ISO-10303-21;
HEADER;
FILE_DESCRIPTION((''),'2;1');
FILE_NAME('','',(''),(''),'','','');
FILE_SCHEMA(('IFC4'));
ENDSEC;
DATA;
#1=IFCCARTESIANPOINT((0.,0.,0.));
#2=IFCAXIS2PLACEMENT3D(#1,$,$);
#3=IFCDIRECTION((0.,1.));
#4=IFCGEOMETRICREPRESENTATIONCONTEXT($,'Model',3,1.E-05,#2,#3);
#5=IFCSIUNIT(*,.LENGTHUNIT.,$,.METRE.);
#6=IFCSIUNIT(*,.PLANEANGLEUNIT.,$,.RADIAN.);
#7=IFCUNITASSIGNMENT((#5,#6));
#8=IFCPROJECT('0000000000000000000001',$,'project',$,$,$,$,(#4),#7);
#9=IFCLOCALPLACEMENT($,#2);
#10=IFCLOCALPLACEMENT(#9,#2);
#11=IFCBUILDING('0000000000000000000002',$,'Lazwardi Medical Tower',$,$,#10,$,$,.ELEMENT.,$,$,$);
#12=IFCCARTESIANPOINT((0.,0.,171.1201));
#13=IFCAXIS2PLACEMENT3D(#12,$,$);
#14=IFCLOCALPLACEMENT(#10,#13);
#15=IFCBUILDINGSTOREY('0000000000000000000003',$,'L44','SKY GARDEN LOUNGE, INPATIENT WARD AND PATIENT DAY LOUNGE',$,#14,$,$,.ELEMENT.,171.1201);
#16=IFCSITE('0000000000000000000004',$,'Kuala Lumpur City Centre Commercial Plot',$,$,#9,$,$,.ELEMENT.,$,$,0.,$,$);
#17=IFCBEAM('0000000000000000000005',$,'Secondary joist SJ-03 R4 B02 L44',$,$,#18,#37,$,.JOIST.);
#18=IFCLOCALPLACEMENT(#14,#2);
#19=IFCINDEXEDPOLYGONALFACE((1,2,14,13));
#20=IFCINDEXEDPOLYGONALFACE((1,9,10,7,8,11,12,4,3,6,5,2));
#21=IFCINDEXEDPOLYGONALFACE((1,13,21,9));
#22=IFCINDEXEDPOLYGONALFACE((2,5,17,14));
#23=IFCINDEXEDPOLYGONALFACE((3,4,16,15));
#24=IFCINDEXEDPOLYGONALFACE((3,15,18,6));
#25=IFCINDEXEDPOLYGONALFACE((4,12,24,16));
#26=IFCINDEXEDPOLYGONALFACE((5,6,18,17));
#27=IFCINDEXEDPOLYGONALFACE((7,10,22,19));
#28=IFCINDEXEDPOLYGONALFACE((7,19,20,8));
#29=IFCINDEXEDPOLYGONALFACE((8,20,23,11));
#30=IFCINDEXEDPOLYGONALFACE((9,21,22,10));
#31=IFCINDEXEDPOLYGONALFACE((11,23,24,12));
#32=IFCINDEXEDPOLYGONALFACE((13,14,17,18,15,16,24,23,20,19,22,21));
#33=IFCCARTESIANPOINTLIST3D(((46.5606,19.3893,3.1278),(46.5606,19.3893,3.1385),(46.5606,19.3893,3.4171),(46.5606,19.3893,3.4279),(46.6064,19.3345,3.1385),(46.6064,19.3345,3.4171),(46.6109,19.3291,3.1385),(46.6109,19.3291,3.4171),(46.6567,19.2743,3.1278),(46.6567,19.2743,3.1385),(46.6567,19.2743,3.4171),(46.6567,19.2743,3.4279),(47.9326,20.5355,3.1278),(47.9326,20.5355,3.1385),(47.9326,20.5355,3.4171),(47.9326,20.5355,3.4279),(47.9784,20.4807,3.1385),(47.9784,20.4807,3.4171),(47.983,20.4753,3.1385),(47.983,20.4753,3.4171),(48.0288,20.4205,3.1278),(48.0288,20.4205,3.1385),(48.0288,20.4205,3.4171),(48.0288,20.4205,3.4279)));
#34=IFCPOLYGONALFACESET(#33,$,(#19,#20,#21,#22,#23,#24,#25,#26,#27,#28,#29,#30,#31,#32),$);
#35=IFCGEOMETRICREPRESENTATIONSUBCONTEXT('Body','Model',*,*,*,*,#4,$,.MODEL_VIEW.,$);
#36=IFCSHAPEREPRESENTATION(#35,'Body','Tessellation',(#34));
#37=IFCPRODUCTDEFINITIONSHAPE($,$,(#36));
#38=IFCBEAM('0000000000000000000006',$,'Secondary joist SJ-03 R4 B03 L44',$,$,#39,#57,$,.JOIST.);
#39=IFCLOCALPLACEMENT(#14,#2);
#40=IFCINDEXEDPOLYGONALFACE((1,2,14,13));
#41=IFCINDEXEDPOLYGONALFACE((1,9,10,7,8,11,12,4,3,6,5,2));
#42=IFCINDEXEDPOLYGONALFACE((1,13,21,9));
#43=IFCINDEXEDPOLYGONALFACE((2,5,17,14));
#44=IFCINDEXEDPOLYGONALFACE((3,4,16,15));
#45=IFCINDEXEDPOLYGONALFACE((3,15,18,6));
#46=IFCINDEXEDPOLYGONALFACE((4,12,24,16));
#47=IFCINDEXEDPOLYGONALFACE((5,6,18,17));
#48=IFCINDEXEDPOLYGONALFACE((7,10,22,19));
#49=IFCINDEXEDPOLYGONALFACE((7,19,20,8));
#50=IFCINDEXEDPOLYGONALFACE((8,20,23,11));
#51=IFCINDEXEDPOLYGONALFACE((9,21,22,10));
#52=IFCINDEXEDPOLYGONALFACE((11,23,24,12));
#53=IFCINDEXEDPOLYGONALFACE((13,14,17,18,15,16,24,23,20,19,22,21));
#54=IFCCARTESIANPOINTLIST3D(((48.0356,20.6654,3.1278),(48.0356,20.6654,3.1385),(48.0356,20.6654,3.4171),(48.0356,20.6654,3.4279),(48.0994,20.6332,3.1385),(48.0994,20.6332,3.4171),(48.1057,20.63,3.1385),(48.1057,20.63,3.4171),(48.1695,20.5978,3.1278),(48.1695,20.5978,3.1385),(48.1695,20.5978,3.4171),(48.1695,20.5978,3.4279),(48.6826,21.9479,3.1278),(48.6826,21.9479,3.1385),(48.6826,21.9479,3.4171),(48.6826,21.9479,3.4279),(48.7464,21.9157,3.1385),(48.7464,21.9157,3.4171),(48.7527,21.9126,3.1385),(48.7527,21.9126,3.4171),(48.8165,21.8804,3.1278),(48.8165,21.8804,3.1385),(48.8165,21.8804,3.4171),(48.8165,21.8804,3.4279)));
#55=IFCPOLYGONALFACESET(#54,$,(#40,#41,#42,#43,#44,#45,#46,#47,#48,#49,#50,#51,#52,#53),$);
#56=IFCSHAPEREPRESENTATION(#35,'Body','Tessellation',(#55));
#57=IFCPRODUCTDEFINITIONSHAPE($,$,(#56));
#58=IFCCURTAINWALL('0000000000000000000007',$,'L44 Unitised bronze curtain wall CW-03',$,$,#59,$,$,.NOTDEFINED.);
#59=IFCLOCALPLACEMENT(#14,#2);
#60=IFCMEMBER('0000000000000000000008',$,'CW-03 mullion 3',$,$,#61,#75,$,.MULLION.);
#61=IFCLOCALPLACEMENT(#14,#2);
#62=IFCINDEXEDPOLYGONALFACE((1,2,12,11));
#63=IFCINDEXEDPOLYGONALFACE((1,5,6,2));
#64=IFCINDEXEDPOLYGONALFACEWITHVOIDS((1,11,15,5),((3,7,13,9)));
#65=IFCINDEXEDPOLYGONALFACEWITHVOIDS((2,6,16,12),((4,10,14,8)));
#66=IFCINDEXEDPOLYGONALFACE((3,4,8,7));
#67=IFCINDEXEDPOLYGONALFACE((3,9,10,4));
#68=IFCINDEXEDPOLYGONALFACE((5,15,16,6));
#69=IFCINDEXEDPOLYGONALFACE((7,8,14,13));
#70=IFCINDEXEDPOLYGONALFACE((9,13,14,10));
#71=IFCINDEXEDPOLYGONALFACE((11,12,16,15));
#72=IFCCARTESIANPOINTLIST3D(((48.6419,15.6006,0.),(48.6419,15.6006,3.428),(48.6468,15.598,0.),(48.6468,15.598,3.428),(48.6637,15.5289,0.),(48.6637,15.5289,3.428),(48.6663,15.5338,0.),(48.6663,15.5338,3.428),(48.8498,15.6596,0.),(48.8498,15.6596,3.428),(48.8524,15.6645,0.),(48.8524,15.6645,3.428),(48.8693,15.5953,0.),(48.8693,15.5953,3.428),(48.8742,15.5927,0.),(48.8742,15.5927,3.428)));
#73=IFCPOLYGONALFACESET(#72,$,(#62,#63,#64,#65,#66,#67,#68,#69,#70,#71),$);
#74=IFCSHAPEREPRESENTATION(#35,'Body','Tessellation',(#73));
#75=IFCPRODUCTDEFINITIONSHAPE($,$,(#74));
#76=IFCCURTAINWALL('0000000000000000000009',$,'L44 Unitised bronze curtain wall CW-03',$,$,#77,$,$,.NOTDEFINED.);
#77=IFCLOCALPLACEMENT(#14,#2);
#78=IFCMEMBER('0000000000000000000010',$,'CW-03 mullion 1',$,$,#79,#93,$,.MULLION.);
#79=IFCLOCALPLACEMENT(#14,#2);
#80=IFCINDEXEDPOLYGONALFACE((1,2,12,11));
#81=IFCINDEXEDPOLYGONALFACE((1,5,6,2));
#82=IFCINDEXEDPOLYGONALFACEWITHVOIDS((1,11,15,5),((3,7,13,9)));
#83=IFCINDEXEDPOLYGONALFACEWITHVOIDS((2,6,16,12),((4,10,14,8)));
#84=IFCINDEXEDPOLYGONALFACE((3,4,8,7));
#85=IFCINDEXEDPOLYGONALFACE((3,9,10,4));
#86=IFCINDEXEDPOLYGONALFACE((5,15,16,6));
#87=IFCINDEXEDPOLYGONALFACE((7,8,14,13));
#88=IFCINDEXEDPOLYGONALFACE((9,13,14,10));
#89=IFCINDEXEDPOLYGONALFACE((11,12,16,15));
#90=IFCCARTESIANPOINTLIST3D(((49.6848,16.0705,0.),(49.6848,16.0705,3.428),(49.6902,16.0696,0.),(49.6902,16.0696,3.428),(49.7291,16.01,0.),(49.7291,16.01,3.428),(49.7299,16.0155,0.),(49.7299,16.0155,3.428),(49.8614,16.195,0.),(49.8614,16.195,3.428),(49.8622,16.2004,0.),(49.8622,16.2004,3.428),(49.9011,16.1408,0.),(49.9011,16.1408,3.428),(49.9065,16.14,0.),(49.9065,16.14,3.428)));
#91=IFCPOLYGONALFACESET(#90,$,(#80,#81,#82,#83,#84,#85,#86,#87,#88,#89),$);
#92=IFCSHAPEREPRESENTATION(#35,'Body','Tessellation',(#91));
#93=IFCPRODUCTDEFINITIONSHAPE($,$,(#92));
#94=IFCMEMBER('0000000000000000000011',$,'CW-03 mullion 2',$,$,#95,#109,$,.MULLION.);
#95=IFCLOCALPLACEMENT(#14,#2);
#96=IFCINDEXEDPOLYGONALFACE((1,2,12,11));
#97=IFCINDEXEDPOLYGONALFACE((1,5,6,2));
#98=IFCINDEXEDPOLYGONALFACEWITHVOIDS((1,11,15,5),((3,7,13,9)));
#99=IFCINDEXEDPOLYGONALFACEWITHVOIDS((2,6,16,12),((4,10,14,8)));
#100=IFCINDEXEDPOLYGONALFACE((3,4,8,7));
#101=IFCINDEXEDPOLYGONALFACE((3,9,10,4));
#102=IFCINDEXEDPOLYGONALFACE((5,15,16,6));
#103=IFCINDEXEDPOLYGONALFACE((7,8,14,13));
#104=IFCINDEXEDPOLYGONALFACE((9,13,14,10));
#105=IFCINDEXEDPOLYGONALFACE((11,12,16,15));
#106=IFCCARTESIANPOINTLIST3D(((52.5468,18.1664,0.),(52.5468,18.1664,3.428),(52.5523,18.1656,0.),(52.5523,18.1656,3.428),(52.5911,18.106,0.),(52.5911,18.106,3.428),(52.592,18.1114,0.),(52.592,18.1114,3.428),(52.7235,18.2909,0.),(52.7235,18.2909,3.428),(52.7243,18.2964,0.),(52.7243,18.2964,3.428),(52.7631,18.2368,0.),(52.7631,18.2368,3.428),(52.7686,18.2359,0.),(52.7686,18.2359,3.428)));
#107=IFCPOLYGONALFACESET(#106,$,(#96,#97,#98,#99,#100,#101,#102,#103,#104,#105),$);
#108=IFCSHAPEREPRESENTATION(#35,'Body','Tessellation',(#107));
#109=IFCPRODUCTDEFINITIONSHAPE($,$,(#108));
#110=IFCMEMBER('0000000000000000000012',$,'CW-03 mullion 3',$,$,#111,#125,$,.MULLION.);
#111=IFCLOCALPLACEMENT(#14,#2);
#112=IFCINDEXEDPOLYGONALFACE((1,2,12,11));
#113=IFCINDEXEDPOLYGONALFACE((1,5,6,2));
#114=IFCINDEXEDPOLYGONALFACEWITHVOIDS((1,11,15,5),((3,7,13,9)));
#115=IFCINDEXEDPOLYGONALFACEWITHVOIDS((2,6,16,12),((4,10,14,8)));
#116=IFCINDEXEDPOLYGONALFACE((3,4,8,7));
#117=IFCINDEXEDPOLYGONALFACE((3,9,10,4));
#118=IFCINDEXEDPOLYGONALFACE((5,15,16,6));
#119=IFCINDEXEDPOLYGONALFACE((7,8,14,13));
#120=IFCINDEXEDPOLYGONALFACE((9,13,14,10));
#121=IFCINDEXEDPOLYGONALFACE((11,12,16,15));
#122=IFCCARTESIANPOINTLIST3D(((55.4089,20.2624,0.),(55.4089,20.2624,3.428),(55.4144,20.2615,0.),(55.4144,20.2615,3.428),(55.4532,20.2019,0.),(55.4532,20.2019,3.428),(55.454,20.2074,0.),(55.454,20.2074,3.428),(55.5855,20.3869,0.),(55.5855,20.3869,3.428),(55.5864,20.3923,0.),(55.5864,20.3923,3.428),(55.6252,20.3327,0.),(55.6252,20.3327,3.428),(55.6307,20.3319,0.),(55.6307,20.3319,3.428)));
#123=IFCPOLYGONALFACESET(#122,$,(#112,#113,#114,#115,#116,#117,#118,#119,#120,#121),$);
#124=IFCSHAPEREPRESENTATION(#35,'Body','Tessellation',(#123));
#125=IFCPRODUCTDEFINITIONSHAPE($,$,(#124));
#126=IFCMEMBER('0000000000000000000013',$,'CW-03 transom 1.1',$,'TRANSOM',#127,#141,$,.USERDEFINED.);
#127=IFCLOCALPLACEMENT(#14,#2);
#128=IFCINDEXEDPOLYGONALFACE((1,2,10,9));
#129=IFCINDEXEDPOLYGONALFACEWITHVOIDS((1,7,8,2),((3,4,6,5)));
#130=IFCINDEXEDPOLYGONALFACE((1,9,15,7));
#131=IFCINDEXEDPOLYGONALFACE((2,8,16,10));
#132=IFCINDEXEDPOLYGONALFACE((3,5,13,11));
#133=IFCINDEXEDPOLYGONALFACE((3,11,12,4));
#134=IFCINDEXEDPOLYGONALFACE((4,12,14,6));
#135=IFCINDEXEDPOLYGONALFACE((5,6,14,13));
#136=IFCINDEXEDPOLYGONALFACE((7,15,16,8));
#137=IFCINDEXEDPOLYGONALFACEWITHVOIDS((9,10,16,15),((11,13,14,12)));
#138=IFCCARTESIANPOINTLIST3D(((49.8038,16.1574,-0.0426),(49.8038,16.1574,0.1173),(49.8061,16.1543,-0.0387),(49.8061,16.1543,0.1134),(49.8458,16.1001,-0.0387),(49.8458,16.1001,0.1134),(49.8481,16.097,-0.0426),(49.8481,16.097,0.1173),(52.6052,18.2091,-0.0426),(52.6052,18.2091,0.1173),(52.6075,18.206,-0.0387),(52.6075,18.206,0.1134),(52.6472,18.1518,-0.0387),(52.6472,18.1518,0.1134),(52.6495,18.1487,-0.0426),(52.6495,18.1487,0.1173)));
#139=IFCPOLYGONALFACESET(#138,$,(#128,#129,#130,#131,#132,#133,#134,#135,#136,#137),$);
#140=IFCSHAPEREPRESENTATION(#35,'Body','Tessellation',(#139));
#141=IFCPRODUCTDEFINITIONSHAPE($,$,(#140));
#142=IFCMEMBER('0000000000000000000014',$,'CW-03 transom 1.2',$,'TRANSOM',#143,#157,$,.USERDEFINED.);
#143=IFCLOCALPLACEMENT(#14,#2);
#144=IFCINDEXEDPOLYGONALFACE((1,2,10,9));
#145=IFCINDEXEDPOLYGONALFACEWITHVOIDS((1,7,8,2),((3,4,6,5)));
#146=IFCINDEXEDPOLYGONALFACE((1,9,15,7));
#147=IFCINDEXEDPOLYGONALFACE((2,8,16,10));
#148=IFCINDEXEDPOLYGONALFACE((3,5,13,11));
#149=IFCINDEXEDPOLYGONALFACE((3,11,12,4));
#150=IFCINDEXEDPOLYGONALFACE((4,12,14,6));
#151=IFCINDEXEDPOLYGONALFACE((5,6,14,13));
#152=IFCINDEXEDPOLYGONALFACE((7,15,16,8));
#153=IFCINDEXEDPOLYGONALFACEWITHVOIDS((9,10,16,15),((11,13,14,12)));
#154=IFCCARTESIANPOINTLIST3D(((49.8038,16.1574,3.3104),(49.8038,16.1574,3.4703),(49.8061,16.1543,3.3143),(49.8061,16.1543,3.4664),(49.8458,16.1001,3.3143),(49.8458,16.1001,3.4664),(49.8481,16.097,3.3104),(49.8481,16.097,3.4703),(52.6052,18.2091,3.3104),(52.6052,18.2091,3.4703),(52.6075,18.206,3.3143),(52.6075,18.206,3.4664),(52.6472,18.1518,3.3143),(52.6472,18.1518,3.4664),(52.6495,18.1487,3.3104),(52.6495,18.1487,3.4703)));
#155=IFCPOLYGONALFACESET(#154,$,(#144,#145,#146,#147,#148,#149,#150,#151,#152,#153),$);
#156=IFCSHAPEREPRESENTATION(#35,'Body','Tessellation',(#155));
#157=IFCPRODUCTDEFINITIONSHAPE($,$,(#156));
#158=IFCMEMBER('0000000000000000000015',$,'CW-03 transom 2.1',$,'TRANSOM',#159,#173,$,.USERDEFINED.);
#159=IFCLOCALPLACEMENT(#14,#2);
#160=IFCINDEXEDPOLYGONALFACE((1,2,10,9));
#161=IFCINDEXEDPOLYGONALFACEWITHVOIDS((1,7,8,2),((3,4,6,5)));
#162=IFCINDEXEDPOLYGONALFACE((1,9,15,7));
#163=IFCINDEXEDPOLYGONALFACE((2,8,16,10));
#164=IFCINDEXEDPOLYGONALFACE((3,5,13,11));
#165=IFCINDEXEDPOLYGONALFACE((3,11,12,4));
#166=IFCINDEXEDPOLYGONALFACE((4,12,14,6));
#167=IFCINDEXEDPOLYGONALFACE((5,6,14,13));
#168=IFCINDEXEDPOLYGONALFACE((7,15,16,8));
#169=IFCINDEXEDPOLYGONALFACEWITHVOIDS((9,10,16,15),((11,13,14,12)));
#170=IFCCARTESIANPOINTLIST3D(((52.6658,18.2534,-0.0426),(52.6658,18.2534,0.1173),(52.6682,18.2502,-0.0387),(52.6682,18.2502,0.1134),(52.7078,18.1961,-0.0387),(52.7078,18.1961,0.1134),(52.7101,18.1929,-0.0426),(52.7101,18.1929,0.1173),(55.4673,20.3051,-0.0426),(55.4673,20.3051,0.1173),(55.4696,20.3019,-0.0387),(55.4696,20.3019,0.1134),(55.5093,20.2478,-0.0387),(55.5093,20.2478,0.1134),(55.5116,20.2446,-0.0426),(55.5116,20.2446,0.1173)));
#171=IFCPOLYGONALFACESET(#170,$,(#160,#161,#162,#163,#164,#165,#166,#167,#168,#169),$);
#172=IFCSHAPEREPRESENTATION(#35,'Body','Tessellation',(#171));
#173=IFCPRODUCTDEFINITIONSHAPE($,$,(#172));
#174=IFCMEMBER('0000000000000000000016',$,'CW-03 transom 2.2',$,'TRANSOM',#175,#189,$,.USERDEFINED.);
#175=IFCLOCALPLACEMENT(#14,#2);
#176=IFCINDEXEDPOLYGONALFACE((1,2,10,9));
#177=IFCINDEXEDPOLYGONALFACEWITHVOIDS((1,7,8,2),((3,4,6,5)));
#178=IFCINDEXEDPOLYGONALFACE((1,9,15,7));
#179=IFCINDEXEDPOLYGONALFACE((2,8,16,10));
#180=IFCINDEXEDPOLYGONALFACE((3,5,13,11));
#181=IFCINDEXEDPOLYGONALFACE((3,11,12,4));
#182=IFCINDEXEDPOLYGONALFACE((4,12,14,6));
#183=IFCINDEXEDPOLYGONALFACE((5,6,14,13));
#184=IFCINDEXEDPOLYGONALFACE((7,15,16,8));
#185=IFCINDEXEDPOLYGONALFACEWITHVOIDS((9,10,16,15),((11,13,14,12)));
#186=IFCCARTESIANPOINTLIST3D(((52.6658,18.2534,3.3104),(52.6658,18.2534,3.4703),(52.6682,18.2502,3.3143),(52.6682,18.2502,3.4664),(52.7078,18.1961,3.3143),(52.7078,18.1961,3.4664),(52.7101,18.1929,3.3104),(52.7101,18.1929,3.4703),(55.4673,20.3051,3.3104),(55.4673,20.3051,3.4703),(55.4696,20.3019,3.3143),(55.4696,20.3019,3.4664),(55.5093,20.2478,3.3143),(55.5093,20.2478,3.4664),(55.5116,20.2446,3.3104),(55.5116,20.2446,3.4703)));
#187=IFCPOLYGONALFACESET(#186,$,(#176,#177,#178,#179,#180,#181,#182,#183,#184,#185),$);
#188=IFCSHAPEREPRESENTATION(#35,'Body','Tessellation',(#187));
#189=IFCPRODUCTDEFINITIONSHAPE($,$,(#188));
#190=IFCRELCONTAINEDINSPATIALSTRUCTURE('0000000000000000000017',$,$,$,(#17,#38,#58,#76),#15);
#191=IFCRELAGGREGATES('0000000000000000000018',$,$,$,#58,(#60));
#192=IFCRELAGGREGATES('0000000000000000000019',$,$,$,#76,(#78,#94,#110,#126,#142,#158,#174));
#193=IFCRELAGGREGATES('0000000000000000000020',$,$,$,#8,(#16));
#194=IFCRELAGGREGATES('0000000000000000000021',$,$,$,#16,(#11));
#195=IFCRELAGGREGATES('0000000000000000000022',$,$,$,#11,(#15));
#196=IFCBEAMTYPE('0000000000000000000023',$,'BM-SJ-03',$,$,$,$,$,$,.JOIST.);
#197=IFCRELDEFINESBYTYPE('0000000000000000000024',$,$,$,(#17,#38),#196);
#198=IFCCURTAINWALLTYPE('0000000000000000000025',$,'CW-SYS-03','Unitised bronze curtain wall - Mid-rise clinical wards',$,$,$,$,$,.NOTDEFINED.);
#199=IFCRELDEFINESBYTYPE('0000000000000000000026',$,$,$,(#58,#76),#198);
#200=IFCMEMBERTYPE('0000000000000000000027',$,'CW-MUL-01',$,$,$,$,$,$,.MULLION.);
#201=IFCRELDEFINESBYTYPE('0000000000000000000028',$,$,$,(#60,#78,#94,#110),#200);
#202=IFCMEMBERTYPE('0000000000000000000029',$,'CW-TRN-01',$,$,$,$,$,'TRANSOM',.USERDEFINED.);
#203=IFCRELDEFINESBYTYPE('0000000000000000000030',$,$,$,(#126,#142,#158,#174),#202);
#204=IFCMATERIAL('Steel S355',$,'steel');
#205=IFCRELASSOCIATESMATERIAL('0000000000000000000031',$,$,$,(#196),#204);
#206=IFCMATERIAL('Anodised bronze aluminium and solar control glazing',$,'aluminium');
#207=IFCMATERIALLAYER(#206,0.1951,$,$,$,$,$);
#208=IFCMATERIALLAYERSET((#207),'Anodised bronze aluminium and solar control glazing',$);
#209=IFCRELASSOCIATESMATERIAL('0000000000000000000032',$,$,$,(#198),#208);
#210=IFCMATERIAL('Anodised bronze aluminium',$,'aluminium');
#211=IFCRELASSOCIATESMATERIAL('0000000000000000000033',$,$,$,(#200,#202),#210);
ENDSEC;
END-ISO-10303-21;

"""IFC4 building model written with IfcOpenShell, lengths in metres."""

from ifc_helpers import new_model, si_unit, direction, frame, origin, origin_2d, place, context, subcontext, project, spatial, hollow_rectangle, i_section, extrude, material, layer, layer_set, material_profile, profile_set, type_object, element, aggregate, save


model = new_model("IFC4")

# Units and contexts
model_context = context("Model", 3, precision=1e-05, world=origin(), true_north=direction((0.0, 1.0)))
body_context = subcontext(model_context, "Body", "Model", "MODEL_VIEW")
ifc_project = project(units=[si_unit("LENGTHUNIT", "METRE"), si_unit("PLANEANGLEUNIT", "RADIAN")], contexts=[model_context])

# Site, building, storey
site_placement = place(None, origin())
site = spatial("IfcSite", under=ifc_project, at=site_placement, Name="Kuala Lumpur City Centre Commercial Plot", CompositionType="ELEMENT", RefElevation=0.0)
building_placement = place(site_placement, origin())
building = spatial("IfcBuilding", under=site, at=building_placement, Name="Lazwardi Medical Tower", CompositionType="ELEMENT")
storey_placement = place(building_placement, frame((0.0, 0.0, 171.1201)))
storey = spatial("IfcBuildingStorey", under=building, at=storey_placement, Name="L44", Description="SKY GARDEN LOUNGE, INPATIENT WARD AND PATIENT DAY LOUNGE", CompositionType="ELEMENT", Elevation=171.1201)

# Beams
ifc_material_1 = material(Name="Steel S355", Category="steel")
ifc_material_profile_1 = material_profile(ifc_material_1, i_section(OverallWidth=0.1499, OverallDepth=0.3, WebThickness=0.0071, FlangeThickness=0.0107, at=origin_2d()), Name="IPE 300")
ifc_profile_set_1 = profile_set([ifc_material_profile_1], Name="Steel S355")
beam_type_1 = type_object("IfcBeamType", Name="BM-SJ-03", PredefinedType="JOIST", material=ifc_profile_set_1)
beam_1_placement = place(storey_placement, frame((46.6086, 19.3318, 3.2778), z_axis=(0.767437, 0.641124, 0.0), x_axis=(-0.641124, 0.767437, 0.0)))
element("IfcBeam", 1, at=beam_1_placement, inside=storey, type_object=beam_type_1, Name="Secondary joist SJ-03 R4 B02 L44", PredefinedType="JOIST", context=body_context, shape_type="SweptSolid", body=[
    extrude(i_section(OverallWidth=0.1499, OverallDepth=0.3, WebThickness=0.0071, FlangeThickness=0.0107, at=origin_2d()), origin(), (0.0, 0.0, 1.0), 1.7878),
])
beam_2_placement = place(storey_placement, frame((48.1025, 20.6316, 3.2778), z_axis=(0.450406, 0.892824, 0.0), x_axis=(-0.892824, 0.450406, 0.0)))
element("IfcBeam", 2, at=beam_2_placement, inside=storey, type_object=beam_type_1, Name="Secondary joist SJ-03 R4 B03 L44", PredefinedType="JOIST", context=body_context, shape_type="SweptSolid", body=[
    extrude(i_section(OverallWidth=0.1499, OverallDepth=0.3, WebThickness=0.0071, FlangeThickness=0.0107, at=origin_2d()), origin(), (0.0, 0.0, 1.0), 1.4365),
])

# Curtain wall, member
ifc_material_2 = material(Name="Anodised bronze aluminium and solar control glazing", Category="aluminium")
ifc_layer_1 = layer(ifc_material_2, 0.1951)
ifc_layer_set_1 = layer_set([ifc_layer_1], Name="Anodised bronze aluminium and solar control glazing")
curtain_wall_type = type_object("IfcCurtainWallType", Name="CW-SYS-03", Description="Unitised bronze curtain wall - Mid-rise clinical wards", PredefinedType="NOTDEFINED", material=ifc_layer_set_1)
curtain_wall_1_placement = place(storey_placement, origin())
curtain_wall_1 = element("IfcCurtainWall", 3, at=curtain_wall_1_placement, inside=storey, type_object=curtain_wall_type, Name="L44 Unitised bronze curtain wall CW-03", PredefinedType="NOTDEFINED")
ifc_material_3 = material(Name="Anodised bronze aluminium", Category="aluminium")
ifc_material_profile_2 = material_profile(ifc_material_3, hollow_rectangle(XDim=0.075, YDim=0.22, WallThickness=0.0039, at=origin_2d()), Name="ALU-MULLION 220x75x4")
ifc_profile_set_2 = profile_set([ifc_material_profile_2], Name="Anodised bronze aluminium")
member_type_1 = type_object("IfcMemberType", Name="CW-MUL-01", PredefinedType="MULLION", material=ifc_profile_set_2)
member_1_placement = place(storey_placement, frame((48.7581, 15.5967, 0.0), z_axis=(0.0, 0.0, 1.0), x_axis=(-0.290281, 0.956942, 0.0)))
member_1 = element("IfcMember", 4, at=member_1_placement, type_object=member_type_1, Name="CW-03 mullion 3", PredefinedType="MULLION", context=body_context, shape_type="SweptSolid", body=[
    extrude(hollow_rectangle(XDim=0.075, YDim=0.22, WallThickness=0.0039, at=origin_2d()), origin(), (0.0, 0.0, 1.0), 3.428),
])

# Curtain wall, members
curtain_wall_2_placement = place(storey_placement, origin())
curtain_wall_2 = element("IfcCurtainWall", 5, at=curtain_wall_2_placement, inside=storey, type_object=curtain_wall_type, Name="L44 Unitised bronze curtain wall CW-03", PredefinedType="NOTDEFINED")
member_2_placement = place(storey_placement, frame((49.7957, 16.1052, 0.0), z_axis=(0.0, 0.0, 1.0), x_axis=(-0.590834, 0.806793, 0.0)))
member_2 = element("IfcMember", 6, at=member_2_placement, type_object=member_type_1, Name="CW-03 mullion 1", PredefinedType="MULLION", context=body_context, shape_type="SweptSolid", body=[
    extrude(hollow_rectangle(XDim=0.075, YDim=0.22, WallThickness=0.0039, at=origin_2d()), origin(), (0.0, 0.0, 1.0), 3.428),
])
member_3_placement = place(storey_placement, frame((52.6577, 18.2012, 0.0), z_axis=(0.0, 0.0, 1.0), x_axis=(-0.590834, 0.806793, 0.0)))
member_3 = element("IfcMember", 7, at=member_3_placement, type_object=member_type_1, Name="CW-03 mullion 2", PredefinedType="MULLION", context=body_context, shape_type="SweptSolid", body=[
    extrude(hollow_rectangle(XDim=0.075, YDim=0.22, WallThickness=0.0039, at=origin_2d()), origin(), (0.0, 0.0, 1.0), 3.428),
])
member_4_placement = place(storey_placement, frame((55.5198, 20.2971, 0.0), z_axis=(0.0, 0.0, 1.0), x_axis=(-0.590834, 0.806793, 0.0)))
member_4 = element("IfcMember", 8, at=member_4_placement, type_object=member_type_1, Name="CW-03 mullion 3", PredefinedType="MULLION", context=body_context, shape_type="SweptSolid", body=[
    extrude(hollow_rectangle(XDim=0.075, YDim=0.22, WallThickness=0.0039, at=origin_2d()), origin(), (0.0, 0.0, 1.0), 3.428),
])
ifc_material_profile_3 = material_profile(ifc_material_3, hollow_rectangle(XDim=0.075, YDim=0.1599, WallThickness=0.0039, at=origin_2d()), Name="ALU-TRANSOM 160x75x4")
ifc_profile_set_3 = profile_set([ifc_material_profile_3], Name="Anodised bronze aluminium")
member_type_2 = type_object("IfcMemberType", Name="CW-TRN-01", ElementType="TRANSOM", PredefinedType="USERDEFINED", material=ifc_profile_set_3)
member_5_placement = place(storey_placement, frame((49.8259, 16.1272, 0.0374), z_axis=(0.806774, 0.590861, 0.0), x_axis=(-0.590861, 0.806774, 0.0)))
member_5 = element("IfcMember", 9, at=member_5_placement, type_object=member_type_2, Name="CW-03 transom 1.1", ObjectType="TRANSOM", PredefinedType="USERDEFINED", context=body_context, shape_type="SweptSolid", body=[
    extrude(hollow_rectangle(XDim=0.075, YDim=0.1599, WallThickness=0.0039, at=origin_2d()), origin(), (0.0, 0.0, 1.0), 3.4724),
])
member_6_placement = place(storey_placement, frame((49.8259, 16.1272, 3.3904), z_axis=(0.806774, 0.590861, 0.0), x_axis=(-0.590861, 0.806774, 0.0)))
member_6 = element("IfcMember", 10, at=member_6_placement, type_object=member_type_2, Name="CW-03 transom 1.2", ObjectType="TRANSOM", PredefinedType="USERDEFINED", context=body_context, shape_type="SweptSolid", body=[
    extrude(hollow_rectangle(XDim=0.075, YDim=0.1599, WallThickness=0.0039, at=origin_2d()), origin(), (0.0, 0.0, 1.0), 3.4724),
])
member_7_placement = place(storey_placement, frame((52.688, 18.2231, 0.0374), z_axis=(0.806774, 0.590861, 0.0), x_axis=(-0.590861, 0.806774, 0.0)))
member_7 = element("IfcMember", 11, at=member_7_placement, type_object=member_type_2, Name="CW-03 transom 2.1", ObjectType="TRANSOM", PredefinedType="USERDEFINED", context=body_context, shape_type="SweptSolid", body=[
    extrude(hollow_rectangle(XDim=0.075, YDim=0.1599, WallThickness=0.0039, at=origin_2d()), origin(), (0.0, 0.0, 1.0), 3.4724),
])
member_8_placement = place(storey_placement, frame((52.688, 18.2231, 3.3904), z_axis=(0.806774, 0.590861, 0.0), x_axis=(-0.590861, 0.806774, 0.0)))
member_8 = element("IfcMember", 12, at=member_8_placement, type_object=member_type_2, Name="CW-03 transom 2.2", ObjectType="TRANSOM", PredefinedType="USERDEFINED", context=body_context, shape_type="SweptSolid", body=[
    extrude(hollow_rectangle(XDim=0.075, YDim=0.1599, WallThickness=0.0039, at=origin_2d()), origin(), (0.0, 0.0, 1.0), 3.4724),
])

aggregate(curtain_wall_1, [member_1])
aggregate(curtain_wall_2, [member_2, member_3, member_4, member_5, member_6, member_7, member_8])

save(model, "model.ifc")
